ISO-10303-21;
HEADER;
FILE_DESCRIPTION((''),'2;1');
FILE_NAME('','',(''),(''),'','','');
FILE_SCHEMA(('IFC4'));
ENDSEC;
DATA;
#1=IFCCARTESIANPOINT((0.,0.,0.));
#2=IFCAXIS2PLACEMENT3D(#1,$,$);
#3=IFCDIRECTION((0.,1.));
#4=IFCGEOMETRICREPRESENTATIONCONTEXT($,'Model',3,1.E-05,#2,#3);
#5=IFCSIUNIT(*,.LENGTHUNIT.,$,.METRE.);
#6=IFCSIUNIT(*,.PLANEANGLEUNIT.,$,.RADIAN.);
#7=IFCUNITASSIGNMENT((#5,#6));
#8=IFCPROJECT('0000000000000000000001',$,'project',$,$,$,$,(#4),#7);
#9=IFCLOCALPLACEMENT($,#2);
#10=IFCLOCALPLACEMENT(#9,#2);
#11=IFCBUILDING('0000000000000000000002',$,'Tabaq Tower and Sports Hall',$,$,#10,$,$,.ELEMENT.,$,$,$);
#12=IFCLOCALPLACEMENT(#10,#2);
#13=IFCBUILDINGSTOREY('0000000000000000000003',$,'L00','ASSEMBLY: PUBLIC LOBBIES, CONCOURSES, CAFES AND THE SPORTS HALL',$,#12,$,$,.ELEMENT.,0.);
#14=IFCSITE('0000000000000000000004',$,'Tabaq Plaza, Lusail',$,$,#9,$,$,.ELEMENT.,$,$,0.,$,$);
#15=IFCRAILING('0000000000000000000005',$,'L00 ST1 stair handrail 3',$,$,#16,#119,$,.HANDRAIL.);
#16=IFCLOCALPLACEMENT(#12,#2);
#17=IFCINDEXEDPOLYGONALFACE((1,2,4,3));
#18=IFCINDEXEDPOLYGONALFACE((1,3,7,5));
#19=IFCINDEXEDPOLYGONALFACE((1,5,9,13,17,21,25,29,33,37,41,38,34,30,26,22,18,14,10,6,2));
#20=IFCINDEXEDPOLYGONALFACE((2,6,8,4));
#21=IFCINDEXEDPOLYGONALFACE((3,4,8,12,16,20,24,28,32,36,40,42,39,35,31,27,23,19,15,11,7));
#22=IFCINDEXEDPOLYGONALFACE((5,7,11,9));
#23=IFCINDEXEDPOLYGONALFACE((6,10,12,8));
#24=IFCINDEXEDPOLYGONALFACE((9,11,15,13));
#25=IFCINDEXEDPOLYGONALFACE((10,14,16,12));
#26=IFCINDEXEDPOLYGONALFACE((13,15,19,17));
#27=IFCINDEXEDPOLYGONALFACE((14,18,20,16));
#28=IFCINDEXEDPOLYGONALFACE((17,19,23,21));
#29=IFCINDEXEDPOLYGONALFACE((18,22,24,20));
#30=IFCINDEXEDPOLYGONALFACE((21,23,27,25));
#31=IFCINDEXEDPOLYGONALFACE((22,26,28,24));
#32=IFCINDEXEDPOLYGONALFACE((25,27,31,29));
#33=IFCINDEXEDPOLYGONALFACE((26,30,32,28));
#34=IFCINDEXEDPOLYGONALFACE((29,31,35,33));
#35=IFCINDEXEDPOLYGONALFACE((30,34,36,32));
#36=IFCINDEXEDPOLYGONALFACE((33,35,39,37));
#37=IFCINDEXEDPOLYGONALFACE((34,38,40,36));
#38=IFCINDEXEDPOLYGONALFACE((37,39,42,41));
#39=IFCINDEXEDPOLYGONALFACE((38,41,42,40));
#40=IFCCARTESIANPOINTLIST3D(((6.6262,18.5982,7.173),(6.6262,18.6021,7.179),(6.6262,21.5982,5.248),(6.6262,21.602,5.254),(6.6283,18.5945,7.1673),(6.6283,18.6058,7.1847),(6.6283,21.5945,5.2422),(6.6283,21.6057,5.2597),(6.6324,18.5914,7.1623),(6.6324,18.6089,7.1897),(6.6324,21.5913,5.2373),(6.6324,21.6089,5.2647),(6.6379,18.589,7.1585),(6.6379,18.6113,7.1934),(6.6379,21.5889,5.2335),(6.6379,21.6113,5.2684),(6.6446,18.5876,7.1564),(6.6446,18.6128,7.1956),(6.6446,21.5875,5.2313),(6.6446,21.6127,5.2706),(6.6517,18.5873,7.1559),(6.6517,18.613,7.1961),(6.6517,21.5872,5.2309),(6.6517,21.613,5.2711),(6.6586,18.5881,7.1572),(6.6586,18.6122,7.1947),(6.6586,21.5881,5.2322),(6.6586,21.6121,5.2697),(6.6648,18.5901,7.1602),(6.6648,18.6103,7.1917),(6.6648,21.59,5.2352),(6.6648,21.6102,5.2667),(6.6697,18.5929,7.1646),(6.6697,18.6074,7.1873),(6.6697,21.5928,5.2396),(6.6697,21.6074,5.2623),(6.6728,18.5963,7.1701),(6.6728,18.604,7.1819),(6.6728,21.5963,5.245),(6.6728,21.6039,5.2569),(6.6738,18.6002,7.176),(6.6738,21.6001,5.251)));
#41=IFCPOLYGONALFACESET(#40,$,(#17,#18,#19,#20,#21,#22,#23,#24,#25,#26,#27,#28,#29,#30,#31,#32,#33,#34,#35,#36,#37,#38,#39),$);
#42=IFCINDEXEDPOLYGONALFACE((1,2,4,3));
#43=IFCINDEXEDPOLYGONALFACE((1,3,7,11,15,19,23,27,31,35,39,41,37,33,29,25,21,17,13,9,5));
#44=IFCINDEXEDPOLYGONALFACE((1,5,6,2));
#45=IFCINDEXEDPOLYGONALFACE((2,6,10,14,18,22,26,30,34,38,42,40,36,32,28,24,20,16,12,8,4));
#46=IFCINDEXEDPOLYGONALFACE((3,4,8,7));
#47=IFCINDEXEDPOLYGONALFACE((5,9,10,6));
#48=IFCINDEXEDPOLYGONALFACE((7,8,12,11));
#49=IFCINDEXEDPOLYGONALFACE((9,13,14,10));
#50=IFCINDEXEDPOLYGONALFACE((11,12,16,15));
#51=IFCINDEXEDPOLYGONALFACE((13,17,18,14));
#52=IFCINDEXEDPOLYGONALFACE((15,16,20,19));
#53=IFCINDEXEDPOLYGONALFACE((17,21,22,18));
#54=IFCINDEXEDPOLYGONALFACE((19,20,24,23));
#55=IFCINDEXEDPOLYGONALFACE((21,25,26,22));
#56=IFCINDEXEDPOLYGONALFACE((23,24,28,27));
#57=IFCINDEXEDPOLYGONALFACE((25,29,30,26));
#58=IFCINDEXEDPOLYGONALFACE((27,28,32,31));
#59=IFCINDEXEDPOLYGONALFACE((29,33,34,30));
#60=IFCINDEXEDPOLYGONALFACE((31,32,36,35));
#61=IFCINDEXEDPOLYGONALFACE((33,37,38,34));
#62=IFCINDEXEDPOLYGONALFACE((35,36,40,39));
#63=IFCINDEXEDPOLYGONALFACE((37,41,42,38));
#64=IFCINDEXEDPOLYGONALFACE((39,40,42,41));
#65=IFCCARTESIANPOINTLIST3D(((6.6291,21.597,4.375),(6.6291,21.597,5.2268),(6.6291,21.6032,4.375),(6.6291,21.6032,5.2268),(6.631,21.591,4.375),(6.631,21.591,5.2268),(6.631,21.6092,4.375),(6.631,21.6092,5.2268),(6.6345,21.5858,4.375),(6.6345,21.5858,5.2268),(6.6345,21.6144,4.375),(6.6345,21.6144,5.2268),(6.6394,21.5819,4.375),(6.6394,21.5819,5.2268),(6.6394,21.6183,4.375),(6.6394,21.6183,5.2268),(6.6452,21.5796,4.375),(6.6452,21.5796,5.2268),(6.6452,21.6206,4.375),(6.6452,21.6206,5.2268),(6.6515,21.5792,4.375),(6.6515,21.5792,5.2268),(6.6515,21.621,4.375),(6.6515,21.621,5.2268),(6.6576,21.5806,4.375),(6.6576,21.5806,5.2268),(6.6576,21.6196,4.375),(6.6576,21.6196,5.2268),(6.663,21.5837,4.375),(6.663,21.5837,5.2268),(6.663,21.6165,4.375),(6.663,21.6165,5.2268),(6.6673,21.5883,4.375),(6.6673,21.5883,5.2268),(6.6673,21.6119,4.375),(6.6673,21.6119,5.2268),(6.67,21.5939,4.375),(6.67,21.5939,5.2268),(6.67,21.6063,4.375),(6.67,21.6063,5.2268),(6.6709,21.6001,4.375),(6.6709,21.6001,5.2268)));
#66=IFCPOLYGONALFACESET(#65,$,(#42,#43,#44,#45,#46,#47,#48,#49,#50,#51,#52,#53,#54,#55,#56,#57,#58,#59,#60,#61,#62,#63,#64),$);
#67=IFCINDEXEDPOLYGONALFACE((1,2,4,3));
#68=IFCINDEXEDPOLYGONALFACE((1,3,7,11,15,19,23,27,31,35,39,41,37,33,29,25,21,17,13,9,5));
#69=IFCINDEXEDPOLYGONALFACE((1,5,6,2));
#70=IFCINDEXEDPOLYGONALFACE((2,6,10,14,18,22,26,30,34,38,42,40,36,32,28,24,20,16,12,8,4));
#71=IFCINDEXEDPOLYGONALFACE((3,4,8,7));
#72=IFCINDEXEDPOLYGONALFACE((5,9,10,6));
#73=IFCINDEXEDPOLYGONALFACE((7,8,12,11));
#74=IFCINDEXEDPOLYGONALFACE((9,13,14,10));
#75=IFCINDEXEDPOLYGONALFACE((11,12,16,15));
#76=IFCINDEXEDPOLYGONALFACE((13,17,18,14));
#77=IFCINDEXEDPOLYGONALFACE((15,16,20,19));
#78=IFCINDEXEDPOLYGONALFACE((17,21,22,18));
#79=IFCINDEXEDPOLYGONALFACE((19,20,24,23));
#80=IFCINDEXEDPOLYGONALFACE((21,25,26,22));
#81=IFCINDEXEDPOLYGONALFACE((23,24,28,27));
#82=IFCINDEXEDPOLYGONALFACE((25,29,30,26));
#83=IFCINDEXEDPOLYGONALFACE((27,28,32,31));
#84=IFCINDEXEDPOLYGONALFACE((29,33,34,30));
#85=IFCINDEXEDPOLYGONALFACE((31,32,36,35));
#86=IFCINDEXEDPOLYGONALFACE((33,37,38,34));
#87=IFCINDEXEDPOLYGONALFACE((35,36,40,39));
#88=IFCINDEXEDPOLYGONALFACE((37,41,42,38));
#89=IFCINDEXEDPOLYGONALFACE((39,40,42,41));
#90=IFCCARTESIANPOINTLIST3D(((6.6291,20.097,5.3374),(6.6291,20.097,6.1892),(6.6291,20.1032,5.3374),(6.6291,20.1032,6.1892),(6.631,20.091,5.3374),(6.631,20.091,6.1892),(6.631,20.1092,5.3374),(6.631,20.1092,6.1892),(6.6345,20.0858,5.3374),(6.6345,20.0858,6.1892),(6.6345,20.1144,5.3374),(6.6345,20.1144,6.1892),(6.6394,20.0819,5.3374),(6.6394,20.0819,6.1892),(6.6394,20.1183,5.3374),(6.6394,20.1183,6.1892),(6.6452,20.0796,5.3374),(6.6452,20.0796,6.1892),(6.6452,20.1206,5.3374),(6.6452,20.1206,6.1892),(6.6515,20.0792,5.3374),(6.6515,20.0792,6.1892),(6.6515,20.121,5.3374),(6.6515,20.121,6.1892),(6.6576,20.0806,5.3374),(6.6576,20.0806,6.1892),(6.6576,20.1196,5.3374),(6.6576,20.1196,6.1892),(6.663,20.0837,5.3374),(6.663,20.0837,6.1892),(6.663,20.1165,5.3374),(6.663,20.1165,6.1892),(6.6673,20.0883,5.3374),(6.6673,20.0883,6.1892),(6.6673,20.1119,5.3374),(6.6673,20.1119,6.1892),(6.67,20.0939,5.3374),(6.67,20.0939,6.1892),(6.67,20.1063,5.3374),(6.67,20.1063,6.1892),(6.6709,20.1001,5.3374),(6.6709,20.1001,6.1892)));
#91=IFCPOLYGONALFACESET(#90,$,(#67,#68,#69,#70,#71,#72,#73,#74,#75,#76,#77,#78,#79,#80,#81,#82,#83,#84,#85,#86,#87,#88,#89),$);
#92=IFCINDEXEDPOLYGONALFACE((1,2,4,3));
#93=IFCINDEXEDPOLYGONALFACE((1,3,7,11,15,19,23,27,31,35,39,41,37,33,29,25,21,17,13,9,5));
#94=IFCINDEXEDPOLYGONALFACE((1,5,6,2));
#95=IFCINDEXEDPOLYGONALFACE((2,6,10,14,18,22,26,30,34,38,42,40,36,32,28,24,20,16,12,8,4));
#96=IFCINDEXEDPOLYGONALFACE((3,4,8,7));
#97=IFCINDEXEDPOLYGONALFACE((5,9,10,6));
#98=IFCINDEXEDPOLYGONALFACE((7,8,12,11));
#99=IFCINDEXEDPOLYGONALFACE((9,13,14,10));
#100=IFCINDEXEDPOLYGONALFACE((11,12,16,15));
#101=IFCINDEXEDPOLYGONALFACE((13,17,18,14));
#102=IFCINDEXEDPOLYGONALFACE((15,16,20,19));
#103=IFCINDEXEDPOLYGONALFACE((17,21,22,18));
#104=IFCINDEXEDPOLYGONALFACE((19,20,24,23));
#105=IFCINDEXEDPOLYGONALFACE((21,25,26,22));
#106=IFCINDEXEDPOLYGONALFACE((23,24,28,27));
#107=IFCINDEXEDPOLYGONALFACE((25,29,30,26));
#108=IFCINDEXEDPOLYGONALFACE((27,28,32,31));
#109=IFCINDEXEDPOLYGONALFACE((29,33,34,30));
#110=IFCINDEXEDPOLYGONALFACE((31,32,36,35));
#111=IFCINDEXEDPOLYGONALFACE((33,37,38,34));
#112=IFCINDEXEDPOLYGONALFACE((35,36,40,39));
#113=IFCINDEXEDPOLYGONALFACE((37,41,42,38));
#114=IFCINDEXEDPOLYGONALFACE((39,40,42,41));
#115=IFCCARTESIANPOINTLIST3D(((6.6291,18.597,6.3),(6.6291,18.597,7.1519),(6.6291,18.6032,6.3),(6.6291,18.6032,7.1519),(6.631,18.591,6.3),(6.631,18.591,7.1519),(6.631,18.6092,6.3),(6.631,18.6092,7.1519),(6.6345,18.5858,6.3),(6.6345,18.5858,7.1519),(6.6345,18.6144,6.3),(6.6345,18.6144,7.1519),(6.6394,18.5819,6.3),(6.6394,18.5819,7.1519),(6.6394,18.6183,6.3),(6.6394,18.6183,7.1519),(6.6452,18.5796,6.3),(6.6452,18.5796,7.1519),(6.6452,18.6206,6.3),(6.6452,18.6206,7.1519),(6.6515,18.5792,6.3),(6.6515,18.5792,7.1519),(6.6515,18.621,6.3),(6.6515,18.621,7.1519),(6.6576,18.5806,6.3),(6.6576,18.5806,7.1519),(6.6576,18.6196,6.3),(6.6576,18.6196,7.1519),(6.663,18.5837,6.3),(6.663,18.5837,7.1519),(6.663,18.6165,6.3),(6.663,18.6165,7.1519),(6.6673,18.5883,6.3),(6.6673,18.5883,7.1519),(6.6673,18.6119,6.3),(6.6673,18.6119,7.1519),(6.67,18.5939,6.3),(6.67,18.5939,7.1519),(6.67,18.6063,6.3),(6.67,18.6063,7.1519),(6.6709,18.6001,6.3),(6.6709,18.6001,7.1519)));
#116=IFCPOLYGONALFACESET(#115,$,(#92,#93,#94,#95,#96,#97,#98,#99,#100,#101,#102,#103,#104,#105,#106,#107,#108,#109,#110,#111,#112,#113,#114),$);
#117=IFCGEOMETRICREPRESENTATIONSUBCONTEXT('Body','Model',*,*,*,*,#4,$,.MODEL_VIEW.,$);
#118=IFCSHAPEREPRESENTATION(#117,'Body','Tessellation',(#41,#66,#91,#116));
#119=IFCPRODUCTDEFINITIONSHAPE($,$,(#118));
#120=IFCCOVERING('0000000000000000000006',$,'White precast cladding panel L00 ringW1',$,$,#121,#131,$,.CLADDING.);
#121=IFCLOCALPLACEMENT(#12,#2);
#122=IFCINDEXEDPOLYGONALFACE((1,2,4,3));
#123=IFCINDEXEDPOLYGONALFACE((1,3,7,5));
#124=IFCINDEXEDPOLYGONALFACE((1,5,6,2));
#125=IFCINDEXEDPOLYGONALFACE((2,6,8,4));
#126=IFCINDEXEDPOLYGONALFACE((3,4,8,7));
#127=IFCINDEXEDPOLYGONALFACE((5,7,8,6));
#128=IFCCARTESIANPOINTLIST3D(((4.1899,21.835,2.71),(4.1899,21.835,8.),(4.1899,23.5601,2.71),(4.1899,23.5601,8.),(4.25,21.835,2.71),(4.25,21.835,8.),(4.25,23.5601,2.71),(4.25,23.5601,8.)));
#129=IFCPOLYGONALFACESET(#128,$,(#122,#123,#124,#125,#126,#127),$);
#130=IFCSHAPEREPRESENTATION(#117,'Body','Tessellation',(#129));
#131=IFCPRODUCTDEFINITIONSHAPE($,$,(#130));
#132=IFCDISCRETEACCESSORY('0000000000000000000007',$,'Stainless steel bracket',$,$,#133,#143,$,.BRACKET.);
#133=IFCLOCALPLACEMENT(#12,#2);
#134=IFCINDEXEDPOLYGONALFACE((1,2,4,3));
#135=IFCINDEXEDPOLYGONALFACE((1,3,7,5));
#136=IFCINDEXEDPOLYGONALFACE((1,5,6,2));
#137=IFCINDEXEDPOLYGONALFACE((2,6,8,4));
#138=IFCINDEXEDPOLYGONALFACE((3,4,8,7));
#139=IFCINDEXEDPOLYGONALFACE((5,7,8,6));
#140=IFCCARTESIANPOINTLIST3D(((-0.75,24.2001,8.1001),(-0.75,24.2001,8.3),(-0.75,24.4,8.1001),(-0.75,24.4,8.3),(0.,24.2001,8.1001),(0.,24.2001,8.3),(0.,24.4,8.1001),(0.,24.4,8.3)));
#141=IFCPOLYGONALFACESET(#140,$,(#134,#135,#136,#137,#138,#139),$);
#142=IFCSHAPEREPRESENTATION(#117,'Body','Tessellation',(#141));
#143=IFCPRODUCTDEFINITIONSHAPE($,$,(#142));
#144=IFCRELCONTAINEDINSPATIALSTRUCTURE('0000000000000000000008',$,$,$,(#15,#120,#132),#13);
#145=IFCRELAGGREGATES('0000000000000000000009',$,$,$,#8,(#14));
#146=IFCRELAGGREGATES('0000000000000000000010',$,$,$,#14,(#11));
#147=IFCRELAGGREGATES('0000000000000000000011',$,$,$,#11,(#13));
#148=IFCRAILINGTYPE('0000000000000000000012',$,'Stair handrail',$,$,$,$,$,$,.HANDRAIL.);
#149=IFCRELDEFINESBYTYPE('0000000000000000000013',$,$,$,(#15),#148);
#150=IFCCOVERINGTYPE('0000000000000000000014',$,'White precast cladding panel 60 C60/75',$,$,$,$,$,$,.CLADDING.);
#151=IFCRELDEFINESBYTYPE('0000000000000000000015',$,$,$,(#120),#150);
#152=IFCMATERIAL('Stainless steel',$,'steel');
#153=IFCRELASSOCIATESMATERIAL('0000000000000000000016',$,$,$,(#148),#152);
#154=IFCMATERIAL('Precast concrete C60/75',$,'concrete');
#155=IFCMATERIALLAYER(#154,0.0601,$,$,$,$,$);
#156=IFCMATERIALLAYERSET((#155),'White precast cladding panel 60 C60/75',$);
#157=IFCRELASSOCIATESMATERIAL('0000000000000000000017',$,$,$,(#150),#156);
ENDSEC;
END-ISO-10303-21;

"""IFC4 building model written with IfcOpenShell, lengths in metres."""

from ifc_helpers import new_model, si_unit, direction, frame, frame_2d, origin, origin_2d, place, context, subcontext, project, spatial, rectangle, circle, extrude, material, layer, layer_set, type_object, element, save


model = new_model("IFC4")

# Units and contexts
model_context = context("Model", 3, precision=1e-05, world=origin(), true_north=direction((0.0, 1.0)))
body_context = subcontext(model_context, "Body", "Model", "MODEL_VIEW")
ifc_project = project(units=[si_unit("LENGTHUNIT", "METRE"), si_unit("PLANEANGLEUNIT", "RADIAN")], contexts=[model_context])

# Site, building, storey
site_placement = place(None, origin())
site = spatial("IfcSite", under=ifc_project, at=site_placement, Name="Tabaq Plaza, Lusail", CompositionType="ELEMENT", RefElevation=0.0)
building_placement = place(site_placement, origin())
building = spatial("IfcBuilding", under=site, at=building_placement, Name="Tabaq Tower and Sports Hall", CompositionType="ELEMENT")
storey_placement = place(building_placement, origin())
storey = spatial("IfcBuildingStorey", under=building, at=storey_placement, Name="L00", Description="ASSEMBLY: PUBLIC LOBBIES, CONCOURSES, CAFES AND THE SPORTS HALL", CompositionType="ELEMENT", Elevation=0.0)

# Railing
ifc_material_1 = material(Name="Stainless steel", Category="steel")
railing_type = type_object("IfcRailingType", Name="Stair handrail", PredefinedType="HANDRAIL", material=ifc_material_1)
for number, where, name in (
    (1, (6.6499, 21.6001, 4.375), "L00 ST1 stair handrail 3"),
):
    element("IfcRailing", number, at=place(storey_placement, frame(where)), inside=storey, type_object=railing_type, Name=name, PredefinedType="HANDRAIL", context=body_context, shape_type="SweptSolid", body=[
        extrude(circle(Radius=0.0239, at=origin_2d()), frame((0.0, 0.0, 0.876), z_axis=(0.0, -0.841628, 0.540058), x_axis=(1.0, 0.0, 0.0)), (0.0, 0.0, 1.0), 3.5645),
        extrude(circle(Radius=0.021, at=origin_2d()), origin(), (0.0, 0.0, 1.0), 0.8518),
        extrude(circle(Radius=0.021, at=origin_2d()), frame((0.0, -1.5, 0.9624)), (0.0, 0.0, 1.0), 0.8518),
        extrude(circle(Radius=0.021, at=origin_2d()), frame((0.0, -3.0, 1.925)), (0.0, 0.0, 1.0), 0.8518),
    ])

# Covering
ifc_material_2 = material(Name="Precast concrete C60/75", Category="concrete")
ifc_layer_1 = layer(ifc_material_2, 0.0601)
ifc_layer_set_1 = layer_set([ifc_layer_1], Name="White precast cladding panel 60 C60/75")
covering_type = type_object("IfcCoveringType", Name="White precast cladding panel 60 C60/75", PredefinedType="CLADDING", material=ifc_layer_set_1)
covering_placement = place(storey_placement, frame((4.22, 21.835, 2.71), z_axis=(0.0, 0.0, 1.0), x_axis=(0.0, 1.0, 0.0)))
element("IfcCovering", 2, at=covering_placement, inside=storey, type_object=covering_type, Name="White precast cladding panel L00 ringW1", PredefinedType="CLADDING", context=body_context, shape_type="SweptSolid", body=[
    extrude(rectangle(XDim=1.7251, YDim=0.0601, at=frame_2d((0.8625, 0.0))), origin(), (0.0, 0.0, 1.0), 5.29),
])

# Discrete accessory
discrete_accessory_placement = place(storey_placement, frame((-0.375, 24.3, 8.1001), z_axis=(0.0, 0.0, 1.0), x_axis=(0.0, 1.0, 0.0)))
element("IfcDiscreteAccessory", 3, at=discrete_accessory_placement, inside=storey, Name="Stainless steel bracket", PredefinedType="BRACKET", context=body_context, shape_type="SweptSolid", body=[
    extrude(rectangle(XDim=0.2, YDim=0.75, at=origin_2d()), origin(), (0.0, 0.0, 1.0), 0.2),
])

save(model, "model.ifc")
